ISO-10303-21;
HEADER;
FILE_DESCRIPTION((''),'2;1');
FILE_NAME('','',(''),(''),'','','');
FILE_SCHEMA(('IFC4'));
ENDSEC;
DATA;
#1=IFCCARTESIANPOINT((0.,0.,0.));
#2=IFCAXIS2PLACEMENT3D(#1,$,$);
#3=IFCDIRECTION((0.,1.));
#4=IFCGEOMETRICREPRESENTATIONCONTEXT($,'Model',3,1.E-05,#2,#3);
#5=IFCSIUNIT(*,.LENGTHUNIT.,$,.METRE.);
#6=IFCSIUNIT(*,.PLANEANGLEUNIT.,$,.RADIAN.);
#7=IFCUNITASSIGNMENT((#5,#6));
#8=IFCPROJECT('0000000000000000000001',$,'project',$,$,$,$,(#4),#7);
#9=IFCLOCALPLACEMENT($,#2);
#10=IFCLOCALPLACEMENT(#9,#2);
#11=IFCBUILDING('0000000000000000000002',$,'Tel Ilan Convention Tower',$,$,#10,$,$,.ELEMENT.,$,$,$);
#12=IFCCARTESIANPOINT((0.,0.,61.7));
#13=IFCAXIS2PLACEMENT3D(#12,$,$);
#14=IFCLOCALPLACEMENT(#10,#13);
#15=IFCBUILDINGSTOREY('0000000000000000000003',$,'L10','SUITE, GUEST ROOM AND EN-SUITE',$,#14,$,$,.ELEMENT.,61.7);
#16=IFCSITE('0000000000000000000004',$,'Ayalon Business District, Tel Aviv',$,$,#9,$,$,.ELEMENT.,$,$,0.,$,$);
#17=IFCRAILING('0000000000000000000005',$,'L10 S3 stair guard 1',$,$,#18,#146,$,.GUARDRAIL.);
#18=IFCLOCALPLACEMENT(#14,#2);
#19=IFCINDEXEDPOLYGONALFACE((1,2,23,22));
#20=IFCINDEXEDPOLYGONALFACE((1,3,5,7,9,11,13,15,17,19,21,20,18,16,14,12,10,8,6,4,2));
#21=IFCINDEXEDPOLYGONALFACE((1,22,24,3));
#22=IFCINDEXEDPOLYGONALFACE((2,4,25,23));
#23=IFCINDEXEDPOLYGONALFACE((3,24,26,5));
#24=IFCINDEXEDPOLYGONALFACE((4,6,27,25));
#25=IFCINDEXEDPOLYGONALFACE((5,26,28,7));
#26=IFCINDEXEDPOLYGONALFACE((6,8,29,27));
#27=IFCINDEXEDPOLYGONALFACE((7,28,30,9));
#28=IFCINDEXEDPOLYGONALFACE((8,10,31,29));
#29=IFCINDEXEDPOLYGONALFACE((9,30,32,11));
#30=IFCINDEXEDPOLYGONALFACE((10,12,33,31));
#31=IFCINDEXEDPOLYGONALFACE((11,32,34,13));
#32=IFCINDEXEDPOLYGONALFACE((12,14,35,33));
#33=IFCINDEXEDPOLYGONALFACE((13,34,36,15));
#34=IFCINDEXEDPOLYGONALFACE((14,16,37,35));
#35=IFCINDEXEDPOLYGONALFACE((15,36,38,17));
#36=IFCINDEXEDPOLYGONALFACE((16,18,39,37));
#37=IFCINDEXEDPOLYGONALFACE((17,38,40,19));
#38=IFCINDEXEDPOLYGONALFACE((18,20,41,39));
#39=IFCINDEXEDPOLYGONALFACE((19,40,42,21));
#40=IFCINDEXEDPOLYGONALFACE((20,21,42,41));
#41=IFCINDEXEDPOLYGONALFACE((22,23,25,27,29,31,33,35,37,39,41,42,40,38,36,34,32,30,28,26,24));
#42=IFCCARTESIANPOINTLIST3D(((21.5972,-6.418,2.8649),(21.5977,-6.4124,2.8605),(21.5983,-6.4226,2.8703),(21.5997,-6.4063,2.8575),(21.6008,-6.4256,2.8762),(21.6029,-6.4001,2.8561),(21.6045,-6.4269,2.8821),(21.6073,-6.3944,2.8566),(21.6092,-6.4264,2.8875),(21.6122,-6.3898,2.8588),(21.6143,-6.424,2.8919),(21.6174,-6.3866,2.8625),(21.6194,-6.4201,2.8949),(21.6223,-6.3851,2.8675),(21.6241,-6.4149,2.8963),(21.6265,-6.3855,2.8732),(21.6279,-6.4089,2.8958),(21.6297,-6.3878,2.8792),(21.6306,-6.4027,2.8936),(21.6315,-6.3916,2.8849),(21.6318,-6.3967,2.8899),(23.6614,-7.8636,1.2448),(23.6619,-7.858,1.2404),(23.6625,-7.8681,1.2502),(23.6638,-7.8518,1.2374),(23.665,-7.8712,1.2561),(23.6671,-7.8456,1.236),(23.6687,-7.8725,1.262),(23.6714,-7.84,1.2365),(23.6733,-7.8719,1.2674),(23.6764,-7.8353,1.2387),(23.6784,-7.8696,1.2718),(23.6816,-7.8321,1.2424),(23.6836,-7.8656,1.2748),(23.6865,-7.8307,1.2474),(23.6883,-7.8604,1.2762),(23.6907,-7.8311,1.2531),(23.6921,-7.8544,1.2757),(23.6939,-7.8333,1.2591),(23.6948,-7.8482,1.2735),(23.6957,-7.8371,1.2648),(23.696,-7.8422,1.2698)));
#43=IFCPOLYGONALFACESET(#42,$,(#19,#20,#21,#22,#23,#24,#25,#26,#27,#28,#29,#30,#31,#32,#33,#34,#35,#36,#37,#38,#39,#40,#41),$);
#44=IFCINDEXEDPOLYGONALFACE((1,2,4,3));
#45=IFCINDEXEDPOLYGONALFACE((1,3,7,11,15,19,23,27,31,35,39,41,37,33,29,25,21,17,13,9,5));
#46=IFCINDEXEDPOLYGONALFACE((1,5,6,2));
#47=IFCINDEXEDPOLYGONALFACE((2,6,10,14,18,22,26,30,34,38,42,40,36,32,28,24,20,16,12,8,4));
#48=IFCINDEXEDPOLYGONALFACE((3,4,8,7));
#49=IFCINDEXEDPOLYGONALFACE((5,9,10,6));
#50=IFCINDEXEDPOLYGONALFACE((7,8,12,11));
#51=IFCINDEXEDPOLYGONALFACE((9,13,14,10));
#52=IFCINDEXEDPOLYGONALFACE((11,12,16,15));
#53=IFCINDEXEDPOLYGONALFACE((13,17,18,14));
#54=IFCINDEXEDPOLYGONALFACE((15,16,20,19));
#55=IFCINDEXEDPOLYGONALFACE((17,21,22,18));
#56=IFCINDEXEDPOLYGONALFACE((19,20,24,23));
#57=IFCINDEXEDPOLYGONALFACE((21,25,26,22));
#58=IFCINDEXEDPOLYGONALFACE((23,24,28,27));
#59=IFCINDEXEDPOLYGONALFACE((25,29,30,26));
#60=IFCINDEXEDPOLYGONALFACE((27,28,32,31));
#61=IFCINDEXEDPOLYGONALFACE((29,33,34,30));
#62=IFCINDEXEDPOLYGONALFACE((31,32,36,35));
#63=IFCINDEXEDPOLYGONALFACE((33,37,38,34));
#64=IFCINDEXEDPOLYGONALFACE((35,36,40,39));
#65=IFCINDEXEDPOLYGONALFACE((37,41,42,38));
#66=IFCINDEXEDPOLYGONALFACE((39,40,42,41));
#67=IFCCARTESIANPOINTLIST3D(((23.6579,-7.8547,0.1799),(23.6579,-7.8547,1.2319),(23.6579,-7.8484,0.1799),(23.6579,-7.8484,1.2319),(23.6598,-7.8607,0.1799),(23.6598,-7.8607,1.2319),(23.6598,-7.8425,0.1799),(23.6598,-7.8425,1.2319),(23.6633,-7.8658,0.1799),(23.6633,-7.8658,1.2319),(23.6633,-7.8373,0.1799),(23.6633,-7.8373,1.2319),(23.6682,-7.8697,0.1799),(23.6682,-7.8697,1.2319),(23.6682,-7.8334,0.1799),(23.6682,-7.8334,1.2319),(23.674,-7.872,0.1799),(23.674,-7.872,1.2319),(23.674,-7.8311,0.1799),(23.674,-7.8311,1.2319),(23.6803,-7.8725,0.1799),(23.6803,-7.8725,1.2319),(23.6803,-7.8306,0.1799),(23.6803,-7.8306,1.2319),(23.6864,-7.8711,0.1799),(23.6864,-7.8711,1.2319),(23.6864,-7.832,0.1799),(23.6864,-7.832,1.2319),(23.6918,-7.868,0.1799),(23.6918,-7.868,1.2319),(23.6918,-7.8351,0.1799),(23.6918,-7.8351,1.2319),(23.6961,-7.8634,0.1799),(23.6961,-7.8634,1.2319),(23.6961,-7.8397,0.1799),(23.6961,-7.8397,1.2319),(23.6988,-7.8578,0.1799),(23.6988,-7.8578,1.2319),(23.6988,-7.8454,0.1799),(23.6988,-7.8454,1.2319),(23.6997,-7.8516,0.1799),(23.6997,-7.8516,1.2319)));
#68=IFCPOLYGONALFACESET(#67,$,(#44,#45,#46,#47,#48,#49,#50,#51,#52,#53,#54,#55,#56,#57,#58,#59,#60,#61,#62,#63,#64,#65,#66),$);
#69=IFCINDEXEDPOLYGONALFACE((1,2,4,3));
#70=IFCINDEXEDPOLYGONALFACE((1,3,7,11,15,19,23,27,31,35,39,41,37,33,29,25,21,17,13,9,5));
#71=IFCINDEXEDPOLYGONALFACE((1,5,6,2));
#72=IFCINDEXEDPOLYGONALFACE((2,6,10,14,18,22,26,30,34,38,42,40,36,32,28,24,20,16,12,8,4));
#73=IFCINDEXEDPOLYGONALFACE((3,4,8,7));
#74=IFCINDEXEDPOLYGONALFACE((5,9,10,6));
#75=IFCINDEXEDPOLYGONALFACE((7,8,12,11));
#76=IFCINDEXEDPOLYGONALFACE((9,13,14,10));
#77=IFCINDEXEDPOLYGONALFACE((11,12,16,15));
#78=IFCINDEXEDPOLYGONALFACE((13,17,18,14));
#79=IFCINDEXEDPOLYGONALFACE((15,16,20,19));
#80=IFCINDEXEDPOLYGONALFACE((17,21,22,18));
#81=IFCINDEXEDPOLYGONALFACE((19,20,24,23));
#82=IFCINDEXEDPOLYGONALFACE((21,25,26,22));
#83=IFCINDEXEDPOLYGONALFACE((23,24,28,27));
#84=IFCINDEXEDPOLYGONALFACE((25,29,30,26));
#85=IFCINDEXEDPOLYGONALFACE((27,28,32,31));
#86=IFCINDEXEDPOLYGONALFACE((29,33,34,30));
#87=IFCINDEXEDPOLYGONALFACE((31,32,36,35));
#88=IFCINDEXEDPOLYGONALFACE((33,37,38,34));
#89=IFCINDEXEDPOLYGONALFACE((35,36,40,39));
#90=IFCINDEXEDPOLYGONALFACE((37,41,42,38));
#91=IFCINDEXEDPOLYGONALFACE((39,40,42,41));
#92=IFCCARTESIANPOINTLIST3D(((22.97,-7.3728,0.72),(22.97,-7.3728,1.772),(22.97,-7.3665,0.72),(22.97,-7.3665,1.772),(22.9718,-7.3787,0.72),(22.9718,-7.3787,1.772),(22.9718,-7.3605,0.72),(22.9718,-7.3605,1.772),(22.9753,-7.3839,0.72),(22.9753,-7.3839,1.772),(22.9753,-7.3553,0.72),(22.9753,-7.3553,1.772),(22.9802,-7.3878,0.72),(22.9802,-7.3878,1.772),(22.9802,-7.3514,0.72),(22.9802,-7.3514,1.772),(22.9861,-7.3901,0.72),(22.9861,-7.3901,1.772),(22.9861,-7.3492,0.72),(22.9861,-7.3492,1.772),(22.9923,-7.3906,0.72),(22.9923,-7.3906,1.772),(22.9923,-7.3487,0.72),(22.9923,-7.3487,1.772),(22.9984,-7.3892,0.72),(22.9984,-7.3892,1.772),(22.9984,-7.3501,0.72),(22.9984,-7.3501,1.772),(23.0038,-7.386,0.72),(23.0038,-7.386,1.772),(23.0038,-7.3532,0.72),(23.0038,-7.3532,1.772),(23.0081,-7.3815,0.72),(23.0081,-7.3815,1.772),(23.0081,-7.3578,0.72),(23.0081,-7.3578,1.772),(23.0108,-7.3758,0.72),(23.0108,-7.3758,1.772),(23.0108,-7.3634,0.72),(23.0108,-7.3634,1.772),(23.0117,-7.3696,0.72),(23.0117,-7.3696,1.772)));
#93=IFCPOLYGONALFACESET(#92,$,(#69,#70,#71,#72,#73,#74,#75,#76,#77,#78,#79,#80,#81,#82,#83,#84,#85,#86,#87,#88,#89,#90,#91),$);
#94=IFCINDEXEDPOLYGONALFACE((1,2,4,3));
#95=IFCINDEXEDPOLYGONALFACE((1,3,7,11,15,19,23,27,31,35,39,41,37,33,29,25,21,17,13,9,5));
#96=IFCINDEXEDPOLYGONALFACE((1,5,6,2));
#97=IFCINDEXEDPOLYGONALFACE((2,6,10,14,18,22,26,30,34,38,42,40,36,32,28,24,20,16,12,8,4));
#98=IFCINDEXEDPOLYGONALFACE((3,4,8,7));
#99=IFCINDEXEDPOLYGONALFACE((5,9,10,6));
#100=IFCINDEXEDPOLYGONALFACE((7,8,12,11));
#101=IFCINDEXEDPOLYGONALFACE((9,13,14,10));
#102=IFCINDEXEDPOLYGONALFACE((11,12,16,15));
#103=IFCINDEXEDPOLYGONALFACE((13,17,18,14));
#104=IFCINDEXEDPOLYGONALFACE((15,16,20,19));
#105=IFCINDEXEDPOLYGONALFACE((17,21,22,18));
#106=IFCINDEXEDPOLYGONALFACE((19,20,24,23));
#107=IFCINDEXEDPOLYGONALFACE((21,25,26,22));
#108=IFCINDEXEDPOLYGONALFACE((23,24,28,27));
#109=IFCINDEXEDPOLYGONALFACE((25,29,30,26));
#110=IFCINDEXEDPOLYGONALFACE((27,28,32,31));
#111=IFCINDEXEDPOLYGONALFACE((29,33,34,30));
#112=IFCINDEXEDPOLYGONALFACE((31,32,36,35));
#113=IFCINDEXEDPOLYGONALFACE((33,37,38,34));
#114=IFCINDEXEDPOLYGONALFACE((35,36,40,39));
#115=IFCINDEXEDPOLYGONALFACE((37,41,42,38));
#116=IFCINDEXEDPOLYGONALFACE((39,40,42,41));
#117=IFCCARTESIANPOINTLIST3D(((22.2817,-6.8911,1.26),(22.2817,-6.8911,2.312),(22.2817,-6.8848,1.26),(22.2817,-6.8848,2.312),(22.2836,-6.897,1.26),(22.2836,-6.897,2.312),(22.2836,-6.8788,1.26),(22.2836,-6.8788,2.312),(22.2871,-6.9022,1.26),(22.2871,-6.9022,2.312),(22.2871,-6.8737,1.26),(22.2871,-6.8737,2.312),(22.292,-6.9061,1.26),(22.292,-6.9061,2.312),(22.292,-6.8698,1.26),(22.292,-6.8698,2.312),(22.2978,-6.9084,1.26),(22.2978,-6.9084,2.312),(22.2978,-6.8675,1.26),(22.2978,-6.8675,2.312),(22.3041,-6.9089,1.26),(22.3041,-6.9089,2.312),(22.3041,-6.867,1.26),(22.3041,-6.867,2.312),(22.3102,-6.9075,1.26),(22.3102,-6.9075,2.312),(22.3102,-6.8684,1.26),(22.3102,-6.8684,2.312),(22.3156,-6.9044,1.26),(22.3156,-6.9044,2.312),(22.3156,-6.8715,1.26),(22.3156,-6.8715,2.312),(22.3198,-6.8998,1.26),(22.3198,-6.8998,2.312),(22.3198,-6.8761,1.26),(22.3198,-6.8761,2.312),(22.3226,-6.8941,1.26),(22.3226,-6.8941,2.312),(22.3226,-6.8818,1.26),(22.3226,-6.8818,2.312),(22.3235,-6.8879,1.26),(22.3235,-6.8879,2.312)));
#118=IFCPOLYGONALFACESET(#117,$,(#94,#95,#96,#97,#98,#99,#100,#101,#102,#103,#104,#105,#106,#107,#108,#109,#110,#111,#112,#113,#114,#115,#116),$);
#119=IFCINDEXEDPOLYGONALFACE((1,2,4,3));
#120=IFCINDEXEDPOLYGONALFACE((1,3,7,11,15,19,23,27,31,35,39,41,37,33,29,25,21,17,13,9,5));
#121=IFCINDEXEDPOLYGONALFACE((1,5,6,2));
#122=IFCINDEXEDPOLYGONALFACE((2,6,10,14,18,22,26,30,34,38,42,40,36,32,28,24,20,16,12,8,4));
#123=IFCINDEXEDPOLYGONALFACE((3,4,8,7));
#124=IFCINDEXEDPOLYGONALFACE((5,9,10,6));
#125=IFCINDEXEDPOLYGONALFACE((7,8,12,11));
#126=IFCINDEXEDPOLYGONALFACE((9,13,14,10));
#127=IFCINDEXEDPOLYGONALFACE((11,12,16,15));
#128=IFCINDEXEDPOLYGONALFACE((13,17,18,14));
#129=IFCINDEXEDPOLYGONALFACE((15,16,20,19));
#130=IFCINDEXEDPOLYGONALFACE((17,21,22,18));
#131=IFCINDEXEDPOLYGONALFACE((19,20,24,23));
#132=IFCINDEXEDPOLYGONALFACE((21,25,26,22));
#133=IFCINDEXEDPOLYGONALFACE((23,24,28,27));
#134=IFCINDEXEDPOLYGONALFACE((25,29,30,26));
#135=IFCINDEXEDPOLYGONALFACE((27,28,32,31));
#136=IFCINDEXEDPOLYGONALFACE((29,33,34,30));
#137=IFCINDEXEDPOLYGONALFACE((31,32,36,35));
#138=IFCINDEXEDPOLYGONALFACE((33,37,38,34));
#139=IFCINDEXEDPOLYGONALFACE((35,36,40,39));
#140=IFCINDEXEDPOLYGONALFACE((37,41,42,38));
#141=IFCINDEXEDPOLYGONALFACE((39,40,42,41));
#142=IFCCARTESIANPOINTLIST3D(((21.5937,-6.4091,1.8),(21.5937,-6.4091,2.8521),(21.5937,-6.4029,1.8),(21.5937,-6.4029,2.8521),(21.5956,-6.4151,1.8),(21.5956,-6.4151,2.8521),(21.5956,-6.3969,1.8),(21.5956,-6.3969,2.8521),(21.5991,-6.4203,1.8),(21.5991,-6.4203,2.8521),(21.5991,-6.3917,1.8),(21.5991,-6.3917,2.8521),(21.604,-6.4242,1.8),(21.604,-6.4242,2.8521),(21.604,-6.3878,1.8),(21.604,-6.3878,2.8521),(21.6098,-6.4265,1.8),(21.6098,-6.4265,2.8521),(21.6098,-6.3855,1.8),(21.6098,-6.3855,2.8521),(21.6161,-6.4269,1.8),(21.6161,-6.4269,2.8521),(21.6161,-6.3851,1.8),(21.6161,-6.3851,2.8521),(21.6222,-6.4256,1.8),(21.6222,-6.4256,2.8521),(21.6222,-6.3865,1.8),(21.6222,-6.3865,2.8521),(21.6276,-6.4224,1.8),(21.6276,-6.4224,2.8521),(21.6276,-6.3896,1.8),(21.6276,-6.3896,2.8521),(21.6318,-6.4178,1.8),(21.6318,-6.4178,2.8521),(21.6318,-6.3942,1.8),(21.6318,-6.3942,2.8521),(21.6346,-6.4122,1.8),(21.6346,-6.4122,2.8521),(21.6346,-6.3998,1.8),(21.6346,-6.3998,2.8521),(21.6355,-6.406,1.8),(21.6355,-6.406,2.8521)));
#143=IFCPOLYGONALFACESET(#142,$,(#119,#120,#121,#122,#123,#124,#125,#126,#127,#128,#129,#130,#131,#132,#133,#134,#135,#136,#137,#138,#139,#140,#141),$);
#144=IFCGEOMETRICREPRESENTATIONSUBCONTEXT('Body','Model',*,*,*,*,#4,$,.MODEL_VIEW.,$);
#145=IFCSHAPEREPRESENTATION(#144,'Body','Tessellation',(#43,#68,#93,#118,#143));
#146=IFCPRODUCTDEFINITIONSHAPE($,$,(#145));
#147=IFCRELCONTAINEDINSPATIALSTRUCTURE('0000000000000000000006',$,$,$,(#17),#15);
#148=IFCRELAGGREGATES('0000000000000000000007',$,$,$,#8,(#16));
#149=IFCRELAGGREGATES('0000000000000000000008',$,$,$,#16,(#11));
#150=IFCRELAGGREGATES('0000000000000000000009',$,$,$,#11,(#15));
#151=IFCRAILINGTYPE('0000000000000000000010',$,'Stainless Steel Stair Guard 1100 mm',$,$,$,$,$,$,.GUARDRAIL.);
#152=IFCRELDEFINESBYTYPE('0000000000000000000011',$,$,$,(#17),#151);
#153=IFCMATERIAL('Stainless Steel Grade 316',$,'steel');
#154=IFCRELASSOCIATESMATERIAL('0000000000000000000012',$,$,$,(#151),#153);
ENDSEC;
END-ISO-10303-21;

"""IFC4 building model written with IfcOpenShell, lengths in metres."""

from ifc_helpers import new_model, si_unit, direction, frame, origin, origin_2d, place, context, subcontext, project, spatial, circle, extrude, material, type_object, element, save


model = new_model("IFC4")

# Units and contexts
model_context = context("Model", 3, precision=1e-05, world=origin(), true_north=direction((0.0, 1.0)))
body_context = subcontext(model_context, "Body", "Model", "MODEL_VIEW")
ifc_project = project(units=[si_unit("LENGTHUNIT", "METRE"), si_unit("PLANEANGLEUNIT", "RADIAN")], contexts=[model_context])

# Site, building, storey
site_placement = place(None, origin())
site = spatial("IfcSite", under=ifc_project, at=site_placement, Name="Ayalon Business District, Tel Aviv", CompositionType="ELEMENT", RefElevation=0.0)
building_placement = place(site_placement, origin())
building = spatial("IfcBuilding", under=site, at=building_placement, Name="Tel Ilan Convention Tower", CompositionType="ELEMENT")
storey_placement = place(building_placement, frame((0.0, 0.0, 61.7)))
storey = spatial("IfcBuildingStorey", under=building, at=storey_placement, Name="L10", Description="SUITE, GUEST ROOM AND EN-SUITE", CompositionType="ELEMENT", Elevation=61.7)

# Railing
ifc_material_1 = material(Name="Stainless Steel Grade 316", Category="steel")
railing_type_1 = type_object("IfcRailingType", Name="Stainless Steel Stair Guard 1100 mm", PredefinedType="GUARDRAIL", material=ifc_material_1)
railing_1_placement = place(storey_placement, frame((23.6787, -7.8516, 0.1799)))
element("IfcRailing", 1, at=railing_1_placement, inside=storey, type_object=railing_type_1, Name="L10 S3 stair guard 1", PredefinedType="GUARDRAIL", context=body_context, shape_type="SweptSolid", body=[
    extrude(circle(Radius=0.0239, at=origin_2d()), frame((0.0, 0.0, 1.0762), z_axis=(-0.689013, 0.482513, 0.540779), x_axis=(-0.573625, -0.819118, 0.0)), (0.0, 0.0, 1.0), 2.9958),
    extrude(circle(Radius=0.021, at=origin_2d()), origin(), (0.0, 0.0, 1.0), 1.052),
    extrude(circle(Radius=0.021, at=origin_2d()), frame((-0.688, 0.4819, 0.54)), (0.0, 0.0, 1.0), 1.052),
    extrude(circle(Radius=0.021, at=origin_2d()), frame((-1.3762, 0.9636, 1.0801)), (0.0, 0.0, 1.0), 1.052),
    extrude(circle(Radius=0.021, at=origin_2d()), frame((-2.0642, 1.4456, 1.6201)), (0.0, 0.0, 1.0), 1.052),
])

save(model, "model.ifc")
